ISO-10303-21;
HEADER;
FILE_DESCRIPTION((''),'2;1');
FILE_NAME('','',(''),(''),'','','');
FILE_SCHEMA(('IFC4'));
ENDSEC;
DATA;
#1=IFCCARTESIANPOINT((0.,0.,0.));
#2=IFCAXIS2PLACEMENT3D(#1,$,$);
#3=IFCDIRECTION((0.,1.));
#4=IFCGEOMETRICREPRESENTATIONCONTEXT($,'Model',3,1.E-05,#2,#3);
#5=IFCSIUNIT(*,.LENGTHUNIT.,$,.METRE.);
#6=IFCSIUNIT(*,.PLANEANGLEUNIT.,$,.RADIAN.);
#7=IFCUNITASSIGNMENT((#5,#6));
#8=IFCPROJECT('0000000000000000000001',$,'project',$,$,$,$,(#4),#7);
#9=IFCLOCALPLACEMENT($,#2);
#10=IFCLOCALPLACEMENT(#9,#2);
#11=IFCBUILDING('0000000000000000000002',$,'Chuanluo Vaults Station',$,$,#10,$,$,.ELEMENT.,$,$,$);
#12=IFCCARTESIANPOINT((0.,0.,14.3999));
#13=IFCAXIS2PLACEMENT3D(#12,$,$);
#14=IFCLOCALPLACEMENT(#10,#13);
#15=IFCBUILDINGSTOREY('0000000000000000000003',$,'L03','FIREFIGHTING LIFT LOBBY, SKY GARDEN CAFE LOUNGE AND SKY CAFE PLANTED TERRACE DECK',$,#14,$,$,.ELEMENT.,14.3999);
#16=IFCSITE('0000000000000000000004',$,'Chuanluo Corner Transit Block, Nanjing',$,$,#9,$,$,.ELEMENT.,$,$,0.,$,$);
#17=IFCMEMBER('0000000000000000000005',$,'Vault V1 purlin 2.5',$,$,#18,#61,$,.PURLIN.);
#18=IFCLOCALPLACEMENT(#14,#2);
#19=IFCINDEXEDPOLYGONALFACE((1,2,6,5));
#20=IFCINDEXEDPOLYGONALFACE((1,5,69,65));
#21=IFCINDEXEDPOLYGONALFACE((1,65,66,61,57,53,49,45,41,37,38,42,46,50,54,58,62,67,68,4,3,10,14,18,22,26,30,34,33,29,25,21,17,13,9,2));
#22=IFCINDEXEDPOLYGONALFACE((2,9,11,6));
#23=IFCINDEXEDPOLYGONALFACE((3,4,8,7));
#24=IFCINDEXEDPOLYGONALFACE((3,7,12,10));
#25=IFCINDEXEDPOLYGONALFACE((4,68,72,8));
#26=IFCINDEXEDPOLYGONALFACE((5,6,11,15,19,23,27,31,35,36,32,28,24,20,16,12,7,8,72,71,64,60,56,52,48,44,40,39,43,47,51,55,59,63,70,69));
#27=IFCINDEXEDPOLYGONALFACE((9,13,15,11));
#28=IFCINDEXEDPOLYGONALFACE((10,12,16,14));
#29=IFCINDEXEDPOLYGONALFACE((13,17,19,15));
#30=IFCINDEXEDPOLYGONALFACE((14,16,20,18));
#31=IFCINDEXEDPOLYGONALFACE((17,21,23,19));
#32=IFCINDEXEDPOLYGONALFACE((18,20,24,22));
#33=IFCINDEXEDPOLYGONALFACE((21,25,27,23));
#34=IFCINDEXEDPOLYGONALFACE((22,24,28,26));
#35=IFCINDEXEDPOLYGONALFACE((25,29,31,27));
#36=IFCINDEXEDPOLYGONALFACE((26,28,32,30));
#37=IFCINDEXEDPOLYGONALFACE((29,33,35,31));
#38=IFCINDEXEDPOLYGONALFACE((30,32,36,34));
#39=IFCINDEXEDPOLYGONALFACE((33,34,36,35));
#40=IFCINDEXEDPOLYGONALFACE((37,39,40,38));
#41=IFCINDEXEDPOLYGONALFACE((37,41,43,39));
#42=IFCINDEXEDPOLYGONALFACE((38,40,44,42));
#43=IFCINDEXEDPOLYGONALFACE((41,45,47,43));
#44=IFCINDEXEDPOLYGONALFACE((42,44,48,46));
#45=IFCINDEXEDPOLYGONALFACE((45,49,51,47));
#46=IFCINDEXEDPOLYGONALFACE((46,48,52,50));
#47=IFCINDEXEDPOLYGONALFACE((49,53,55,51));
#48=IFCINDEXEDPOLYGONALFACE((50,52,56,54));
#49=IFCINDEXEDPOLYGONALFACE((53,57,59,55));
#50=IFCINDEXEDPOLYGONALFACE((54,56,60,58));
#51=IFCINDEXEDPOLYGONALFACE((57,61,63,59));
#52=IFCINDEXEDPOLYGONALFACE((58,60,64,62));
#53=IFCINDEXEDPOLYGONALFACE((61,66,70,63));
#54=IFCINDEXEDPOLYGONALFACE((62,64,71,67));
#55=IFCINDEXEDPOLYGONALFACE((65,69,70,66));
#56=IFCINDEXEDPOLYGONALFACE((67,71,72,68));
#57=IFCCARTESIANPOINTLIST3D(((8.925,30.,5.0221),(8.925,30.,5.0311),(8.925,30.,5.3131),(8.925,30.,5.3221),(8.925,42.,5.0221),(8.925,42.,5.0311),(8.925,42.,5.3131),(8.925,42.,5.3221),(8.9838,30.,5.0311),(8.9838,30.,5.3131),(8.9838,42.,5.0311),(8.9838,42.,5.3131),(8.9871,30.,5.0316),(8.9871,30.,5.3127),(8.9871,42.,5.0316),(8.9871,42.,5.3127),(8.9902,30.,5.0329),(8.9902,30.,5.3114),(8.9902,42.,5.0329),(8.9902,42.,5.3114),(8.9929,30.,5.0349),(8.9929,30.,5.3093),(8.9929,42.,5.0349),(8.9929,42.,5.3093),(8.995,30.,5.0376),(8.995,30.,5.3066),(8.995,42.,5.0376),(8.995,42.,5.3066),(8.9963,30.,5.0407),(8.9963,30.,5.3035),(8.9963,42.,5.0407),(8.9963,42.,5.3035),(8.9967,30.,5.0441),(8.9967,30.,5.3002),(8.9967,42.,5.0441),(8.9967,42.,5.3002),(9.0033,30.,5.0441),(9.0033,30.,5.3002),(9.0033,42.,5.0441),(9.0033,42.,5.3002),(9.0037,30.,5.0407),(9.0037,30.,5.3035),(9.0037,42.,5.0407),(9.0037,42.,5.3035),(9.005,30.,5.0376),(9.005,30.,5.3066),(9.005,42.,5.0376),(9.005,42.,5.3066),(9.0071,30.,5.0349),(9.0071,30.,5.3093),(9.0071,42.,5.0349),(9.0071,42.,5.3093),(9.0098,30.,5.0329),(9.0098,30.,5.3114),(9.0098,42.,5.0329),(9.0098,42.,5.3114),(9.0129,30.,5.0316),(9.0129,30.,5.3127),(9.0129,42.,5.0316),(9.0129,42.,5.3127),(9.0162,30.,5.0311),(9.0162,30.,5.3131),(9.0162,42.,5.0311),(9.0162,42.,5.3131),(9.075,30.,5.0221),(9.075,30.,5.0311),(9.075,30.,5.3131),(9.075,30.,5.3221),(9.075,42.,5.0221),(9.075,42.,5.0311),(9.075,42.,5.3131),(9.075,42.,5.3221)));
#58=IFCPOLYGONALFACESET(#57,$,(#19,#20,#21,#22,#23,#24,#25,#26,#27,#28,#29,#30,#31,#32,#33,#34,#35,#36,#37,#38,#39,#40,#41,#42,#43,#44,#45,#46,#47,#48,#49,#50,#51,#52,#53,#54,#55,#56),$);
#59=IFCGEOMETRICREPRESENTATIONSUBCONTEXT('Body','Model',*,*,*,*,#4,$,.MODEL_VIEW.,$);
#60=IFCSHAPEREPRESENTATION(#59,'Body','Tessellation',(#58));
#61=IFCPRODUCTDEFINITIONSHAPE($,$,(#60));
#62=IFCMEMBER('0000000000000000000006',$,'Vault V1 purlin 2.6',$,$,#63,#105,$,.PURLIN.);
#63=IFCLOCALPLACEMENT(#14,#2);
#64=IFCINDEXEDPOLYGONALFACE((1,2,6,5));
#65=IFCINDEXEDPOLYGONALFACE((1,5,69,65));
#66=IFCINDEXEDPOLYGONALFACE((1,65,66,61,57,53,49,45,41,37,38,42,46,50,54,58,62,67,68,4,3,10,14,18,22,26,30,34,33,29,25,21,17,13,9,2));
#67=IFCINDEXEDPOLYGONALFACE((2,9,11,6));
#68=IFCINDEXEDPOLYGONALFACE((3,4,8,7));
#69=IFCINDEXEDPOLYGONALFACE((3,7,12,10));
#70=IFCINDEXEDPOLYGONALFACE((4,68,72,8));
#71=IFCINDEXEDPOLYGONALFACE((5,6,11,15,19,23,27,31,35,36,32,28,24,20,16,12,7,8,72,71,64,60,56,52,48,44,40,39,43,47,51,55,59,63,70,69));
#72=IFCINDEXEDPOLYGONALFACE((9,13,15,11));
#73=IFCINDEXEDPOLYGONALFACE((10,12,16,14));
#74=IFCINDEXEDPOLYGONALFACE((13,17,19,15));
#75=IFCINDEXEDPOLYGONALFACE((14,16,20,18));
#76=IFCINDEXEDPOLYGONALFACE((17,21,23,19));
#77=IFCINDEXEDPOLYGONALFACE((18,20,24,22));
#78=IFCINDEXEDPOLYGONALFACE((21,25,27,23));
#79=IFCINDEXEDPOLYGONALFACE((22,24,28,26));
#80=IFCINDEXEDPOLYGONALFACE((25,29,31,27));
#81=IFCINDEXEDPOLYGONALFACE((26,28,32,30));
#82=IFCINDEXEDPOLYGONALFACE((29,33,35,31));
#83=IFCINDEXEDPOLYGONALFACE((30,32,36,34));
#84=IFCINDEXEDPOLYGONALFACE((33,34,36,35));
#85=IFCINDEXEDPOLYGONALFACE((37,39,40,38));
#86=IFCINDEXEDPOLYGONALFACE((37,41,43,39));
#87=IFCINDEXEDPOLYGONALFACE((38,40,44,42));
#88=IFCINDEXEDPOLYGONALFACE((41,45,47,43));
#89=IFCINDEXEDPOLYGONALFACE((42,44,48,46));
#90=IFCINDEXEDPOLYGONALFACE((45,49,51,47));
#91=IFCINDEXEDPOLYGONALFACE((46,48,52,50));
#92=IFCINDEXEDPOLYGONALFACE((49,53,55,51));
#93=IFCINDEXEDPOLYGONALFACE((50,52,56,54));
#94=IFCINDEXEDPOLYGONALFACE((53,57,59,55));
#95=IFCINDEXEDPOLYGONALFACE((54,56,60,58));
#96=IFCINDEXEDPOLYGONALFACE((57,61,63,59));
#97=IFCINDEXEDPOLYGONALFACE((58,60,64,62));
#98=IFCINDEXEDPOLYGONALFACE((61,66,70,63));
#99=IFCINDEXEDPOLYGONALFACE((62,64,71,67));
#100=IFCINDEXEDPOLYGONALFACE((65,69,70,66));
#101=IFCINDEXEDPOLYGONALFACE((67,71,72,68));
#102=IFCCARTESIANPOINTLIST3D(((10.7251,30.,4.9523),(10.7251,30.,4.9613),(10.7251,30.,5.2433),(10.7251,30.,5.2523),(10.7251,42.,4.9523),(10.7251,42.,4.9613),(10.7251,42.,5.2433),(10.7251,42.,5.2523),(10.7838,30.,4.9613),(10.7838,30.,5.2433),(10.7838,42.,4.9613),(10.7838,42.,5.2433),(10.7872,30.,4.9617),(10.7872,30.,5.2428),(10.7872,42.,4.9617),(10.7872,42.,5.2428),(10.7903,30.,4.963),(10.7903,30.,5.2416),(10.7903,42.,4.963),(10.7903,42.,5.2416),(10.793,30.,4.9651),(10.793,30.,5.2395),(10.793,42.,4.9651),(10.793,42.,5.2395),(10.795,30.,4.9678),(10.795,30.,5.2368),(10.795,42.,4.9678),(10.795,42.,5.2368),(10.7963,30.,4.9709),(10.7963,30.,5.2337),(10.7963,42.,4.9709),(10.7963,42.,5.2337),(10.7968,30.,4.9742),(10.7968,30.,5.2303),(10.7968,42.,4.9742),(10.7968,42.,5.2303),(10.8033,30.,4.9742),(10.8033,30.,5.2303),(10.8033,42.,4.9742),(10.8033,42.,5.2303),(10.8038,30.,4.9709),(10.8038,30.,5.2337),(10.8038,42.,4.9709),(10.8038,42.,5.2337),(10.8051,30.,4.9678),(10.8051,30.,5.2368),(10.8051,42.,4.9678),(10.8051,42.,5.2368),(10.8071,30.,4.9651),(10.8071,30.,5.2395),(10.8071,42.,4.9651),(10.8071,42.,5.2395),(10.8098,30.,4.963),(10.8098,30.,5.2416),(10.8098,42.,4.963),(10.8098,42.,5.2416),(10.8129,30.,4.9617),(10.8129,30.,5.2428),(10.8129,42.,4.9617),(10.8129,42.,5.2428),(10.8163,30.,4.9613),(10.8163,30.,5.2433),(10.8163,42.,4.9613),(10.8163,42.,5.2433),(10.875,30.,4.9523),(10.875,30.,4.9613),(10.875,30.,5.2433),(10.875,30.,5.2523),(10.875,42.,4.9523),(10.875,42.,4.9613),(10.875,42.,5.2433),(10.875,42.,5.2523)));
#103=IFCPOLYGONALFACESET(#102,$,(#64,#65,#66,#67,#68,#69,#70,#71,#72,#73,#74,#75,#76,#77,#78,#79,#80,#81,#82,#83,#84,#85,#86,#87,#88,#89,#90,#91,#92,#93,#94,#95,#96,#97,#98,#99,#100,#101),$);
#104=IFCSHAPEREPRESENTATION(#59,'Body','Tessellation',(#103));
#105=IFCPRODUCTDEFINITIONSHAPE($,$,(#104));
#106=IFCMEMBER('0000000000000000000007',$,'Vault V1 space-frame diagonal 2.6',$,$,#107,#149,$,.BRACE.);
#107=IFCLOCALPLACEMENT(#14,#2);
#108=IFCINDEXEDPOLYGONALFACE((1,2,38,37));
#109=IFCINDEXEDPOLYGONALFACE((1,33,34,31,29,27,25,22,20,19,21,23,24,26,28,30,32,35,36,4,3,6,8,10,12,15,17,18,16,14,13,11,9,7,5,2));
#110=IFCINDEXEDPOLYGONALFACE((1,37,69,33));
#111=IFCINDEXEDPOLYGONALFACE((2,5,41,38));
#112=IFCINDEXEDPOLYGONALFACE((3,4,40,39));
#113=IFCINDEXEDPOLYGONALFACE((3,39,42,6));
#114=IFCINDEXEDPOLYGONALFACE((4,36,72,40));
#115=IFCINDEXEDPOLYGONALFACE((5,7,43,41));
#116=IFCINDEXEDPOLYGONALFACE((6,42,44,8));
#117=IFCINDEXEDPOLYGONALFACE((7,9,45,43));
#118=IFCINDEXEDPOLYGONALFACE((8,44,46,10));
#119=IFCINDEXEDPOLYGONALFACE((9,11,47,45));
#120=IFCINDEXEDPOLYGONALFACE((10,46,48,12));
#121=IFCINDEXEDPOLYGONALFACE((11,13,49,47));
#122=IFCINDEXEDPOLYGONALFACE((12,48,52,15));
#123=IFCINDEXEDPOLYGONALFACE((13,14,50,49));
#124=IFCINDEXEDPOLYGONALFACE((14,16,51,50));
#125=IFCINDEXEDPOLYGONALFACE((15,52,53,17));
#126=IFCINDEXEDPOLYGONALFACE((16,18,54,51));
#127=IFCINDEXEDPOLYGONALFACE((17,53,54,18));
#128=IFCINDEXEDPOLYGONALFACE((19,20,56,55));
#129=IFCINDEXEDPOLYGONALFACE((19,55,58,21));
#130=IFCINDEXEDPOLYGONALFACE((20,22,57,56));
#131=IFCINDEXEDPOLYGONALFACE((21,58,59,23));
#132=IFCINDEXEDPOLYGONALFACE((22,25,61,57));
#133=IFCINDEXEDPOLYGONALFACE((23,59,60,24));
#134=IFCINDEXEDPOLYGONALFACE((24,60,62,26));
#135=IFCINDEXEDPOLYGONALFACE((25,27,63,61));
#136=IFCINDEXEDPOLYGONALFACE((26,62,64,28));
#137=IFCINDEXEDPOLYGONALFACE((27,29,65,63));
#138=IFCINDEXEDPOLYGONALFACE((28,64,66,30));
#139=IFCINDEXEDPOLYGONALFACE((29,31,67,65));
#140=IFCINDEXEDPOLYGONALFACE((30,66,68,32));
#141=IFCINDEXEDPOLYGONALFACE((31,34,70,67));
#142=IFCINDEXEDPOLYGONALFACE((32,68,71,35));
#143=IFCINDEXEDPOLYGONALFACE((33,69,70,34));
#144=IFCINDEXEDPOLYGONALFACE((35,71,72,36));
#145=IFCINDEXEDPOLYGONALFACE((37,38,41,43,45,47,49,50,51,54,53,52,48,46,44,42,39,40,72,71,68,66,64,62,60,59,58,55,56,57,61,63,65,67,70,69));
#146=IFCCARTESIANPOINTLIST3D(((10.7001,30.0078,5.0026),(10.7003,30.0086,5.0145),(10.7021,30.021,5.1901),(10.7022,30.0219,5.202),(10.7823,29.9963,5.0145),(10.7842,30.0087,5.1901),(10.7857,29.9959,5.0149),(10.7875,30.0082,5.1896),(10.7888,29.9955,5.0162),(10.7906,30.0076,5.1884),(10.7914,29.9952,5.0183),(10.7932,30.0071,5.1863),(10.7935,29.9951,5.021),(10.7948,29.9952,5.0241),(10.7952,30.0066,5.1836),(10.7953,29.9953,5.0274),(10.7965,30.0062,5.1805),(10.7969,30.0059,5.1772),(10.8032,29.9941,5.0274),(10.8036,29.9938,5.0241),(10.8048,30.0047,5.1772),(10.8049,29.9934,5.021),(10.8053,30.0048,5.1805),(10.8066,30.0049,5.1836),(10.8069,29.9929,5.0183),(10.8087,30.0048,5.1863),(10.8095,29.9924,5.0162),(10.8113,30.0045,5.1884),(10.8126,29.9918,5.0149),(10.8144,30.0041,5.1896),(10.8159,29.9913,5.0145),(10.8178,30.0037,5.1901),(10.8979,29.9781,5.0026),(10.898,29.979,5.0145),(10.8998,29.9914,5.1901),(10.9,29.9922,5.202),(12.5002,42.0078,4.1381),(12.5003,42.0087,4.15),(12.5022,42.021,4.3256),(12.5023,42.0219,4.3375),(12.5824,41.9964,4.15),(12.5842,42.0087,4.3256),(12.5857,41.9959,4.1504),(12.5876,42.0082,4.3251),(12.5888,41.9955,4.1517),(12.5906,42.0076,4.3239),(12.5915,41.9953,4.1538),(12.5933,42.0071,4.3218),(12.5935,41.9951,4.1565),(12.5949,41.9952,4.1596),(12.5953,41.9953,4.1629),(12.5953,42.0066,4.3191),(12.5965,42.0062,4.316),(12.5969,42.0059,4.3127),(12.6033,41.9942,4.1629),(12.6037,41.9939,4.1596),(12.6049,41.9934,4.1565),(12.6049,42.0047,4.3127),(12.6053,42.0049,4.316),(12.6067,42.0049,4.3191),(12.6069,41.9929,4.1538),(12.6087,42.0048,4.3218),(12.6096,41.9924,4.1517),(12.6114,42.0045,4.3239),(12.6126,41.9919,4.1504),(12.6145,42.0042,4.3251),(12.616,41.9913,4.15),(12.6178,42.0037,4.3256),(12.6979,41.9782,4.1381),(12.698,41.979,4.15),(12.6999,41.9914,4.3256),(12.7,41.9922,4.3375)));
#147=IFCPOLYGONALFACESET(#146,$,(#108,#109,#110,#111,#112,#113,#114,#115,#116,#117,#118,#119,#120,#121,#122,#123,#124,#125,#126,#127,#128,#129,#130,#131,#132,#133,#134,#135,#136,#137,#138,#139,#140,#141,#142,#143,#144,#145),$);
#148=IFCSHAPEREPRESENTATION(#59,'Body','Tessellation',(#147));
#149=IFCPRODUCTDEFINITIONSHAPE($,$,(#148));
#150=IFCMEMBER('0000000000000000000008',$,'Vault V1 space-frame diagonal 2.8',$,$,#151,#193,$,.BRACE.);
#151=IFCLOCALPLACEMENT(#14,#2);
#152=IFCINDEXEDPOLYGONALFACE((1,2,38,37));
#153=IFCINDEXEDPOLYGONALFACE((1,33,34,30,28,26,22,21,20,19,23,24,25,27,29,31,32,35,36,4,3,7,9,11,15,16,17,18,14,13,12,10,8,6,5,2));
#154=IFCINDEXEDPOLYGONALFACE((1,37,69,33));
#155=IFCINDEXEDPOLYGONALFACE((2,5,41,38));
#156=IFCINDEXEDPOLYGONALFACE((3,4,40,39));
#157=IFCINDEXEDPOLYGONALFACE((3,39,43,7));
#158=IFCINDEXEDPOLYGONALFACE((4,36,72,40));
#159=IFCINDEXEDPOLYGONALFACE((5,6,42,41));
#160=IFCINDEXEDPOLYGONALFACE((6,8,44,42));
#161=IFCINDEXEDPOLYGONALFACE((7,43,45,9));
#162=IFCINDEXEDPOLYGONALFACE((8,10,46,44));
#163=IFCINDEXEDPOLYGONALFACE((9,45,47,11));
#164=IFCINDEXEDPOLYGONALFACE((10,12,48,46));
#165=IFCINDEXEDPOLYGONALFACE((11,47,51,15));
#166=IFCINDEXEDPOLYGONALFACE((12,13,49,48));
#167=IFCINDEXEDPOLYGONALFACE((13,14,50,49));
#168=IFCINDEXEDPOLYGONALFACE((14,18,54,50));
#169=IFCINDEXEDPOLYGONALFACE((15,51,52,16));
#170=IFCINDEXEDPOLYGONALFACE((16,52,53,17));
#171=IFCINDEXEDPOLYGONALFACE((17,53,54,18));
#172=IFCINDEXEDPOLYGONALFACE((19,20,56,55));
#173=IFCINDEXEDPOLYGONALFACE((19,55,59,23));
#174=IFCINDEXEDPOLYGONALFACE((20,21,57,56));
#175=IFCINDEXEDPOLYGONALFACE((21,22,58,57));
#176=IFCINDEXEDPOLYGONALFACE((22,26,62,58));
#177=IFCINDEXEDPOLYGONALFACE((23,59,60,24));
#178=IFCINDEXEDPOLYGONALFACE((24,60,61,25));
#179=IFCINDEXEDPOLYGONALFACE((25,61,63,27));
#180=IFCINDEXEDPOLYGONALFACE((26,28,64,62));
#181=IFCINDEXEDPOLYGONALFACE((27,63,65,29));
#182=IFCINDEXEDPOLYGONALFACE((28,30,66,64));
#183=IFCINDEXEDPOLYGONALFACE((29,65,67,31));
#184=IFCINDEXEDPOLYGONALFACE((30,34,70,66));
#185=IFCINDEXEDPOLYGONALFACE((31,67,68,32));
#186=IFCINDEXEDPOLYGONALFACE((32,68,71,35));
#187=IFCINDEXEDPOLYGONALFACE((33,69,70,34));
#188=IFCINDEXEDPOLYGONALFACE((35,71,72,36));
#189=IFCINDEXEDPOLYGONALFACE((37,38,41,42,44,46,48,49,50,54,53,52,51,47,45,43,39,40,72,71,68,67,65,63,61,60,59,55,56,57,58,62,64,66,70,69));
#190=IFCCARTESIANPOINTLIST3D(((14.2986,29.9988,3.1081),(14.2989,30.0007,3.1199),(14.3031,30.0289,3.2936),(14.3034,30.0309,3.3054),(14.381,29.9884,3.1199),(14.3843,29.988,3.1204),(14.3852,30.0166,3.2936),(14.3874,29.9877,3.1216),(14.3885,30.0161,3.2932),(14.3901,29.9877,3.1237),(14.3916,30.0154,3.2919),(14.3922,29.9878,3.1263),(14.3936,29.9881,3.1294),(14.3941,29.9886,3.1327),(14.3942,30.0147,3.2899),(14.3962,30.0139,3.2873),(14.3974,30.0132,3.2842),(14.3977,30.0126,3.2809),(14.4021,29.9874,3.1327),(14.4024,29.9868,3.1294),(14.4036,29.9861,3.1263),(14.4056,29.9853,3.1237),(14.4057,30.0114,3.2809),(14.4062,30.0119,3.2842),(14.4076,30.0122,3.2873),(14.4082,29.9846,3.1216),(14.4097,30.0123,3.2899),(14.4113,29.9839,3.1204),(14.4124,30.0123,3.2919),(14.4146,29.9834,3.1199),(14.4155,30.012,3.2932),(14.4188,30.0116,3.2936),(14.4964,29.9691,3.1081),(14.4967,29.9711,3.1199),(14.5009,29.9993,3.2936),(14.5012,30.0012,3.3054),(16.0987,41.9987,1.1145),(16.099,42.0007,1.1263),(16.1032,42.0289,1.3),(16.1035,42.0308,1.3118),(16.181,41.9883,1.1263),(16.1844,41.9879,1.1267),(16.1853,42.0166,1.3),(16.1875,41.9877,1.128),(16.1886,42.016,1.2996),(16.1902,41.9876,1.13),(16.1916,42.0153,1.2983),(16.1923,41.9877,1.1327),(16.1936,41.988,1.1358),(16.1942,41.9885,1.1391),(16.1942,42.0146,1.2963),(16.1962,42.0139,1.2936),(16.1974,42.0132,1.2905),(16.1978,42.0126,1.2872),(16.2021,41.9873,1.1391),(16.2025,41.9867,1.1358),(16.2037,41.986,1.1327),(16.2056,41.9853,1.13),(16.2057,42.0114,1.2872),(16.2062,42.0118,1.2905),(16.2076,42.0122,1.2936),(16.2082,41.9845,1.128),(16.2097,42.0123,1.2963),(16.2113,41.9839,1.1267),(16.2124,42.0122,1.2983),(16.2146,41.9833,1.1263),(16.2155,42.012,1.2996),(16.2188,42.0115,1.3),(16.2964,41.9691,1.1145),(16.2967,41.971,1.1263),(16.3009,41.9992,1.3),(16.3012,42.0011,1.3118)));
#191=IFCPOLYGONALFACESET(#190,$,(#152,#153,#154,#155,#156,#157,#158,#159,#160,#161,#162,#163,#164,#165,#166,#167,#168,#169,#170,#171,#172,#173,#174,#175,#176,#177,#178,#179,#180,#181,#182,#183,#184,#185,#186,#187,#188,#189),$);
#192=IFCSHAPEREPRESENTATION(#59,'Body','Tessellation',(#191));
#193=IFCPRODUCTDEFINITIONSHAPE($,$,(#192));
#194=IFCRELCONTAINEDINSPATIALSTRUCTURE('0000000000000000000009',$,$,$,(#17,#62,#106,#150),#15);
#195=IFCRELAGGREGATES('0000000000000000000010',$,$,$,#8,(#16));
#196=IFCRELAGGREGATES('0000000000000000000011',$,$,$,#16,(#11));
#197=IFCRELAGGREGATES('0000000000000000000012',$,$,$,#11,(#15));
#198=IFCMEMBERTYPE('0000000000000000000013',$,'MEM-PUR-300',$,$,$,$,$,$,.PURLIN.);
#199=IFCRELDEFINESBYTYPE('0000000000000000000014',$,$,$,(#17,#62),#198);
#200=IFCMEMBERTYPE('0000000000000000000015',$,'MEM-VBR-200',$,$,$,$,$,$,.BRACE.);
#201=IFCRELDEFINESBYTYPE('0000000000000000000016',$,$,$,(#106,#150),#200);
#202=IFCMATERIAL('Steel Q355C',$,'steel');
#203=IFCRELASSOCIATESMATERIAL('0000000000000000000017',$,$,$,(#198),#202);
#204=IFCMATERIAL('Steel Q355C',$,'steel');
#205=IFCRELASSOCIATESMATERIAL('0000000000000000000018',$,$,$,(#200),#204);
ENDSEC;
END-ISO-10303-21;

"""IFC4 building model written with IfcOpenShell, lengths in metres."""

from ifc_helpers import new_model, si_unit, direction, frame, origin, origin_2d, place, context, subcontext, project, spatial, i_section, extrude, material, material_profile, profile_set, type_object, element, save


model = new_model("IFC4")

# Units and contexts
model_context = context("Model", 3, precision=1e-05, world=origin(), true_north=direction((0.0, 1.0)))
body_context = subcontext(model_context, "Body", "Model", "MODEL_VIEW")
ifc_project = project(units=[si_unit("LENGTHUNIT", "METRE"), si_unit("PLANEANGLEUNIT", "RADIAN")], contexts=[model_context])

# Site, building, storey
site_placement = place(None, origin())
site = spatial("IfcSite", under=ifc_project, at=site_placement, Name="Chuanluo Corner Transit Block, Nanjing", CompositionType="ELEMENT", RefElevation=0.0)
building_placement = place(site_placement, origin())
building = spatial("IfcBuilding", under=site, at=building_placement, Name="Chuanluo Vaults Station", CompositionType="ELEMENT")
storey_placement = place(building_placement, frame((0.0, 0.0, 14.3999)))
storey = spatial("IfcBuildingStorey", under=building, at=storey_placement, Name="L03", Description="FIREFIGHTING LIFT LOBBY, SKY GARDEN CAFE LOUNGE AND SKY CAFE PLANTED TERRACE DECK", CompositionType="ELEMENT", Elevation=14.3999)

# Members
ifc_material_1 = material(Name="Steel Q355C", Category="steel")
ifc_material_profile_1 = material_profile(ifc_material_1, i_section(OverallWidth=0.1499, OverallDepth=0.3, WebThickness=0.0066, FlangeThickness=0.009, FilletRadius=0.0129, at=origin_2d()))
ifc_profile_set_1 = profile_set([ifc_material_profile_1], Name="Steel Q355C")
member_type_1 = type_object("IfcMemberType", Name="MEM-PUR-300", PredefinedType="PURLIN", material=ifc_profile_set_1)
for number, where, z_axis, x_axis, name in (
    (1, (9.0, 30.0, 5.1721), (0.0, 1.0, 0.0), (-1.0, 0.0, 0.0), "Vault V1 purlin 2.5"),
    (2, (10.8, 30.0, 5.1023), (0.0, 1.0, 0.0), (-1.0, 0.0, 0.0), "Vault V1 purlin 2.6"),
):
    element("IfcMember", number, at=place(storey_placement, frame(where, z_axis=z_axis, x_axis=x_axis)), inside=storey, type_object=member_type_1, Name=name, PredefinedType="PURLIN", context=body_context, shape_type="SweptSolid", body=[
        extrude(i_section(OverallWidth=0.1499, OverallDepth=0.3, WebThickness=0.0066, FlangeThickness=0.009, FilletRadius=0.0129, at=origin_2d()), origin(), (0.0, 0.0, 1.0), 12.0),
    ])
ifc_material_2 = material(Name="Steel Q355C", Category="steel")
ifc_material_profile_2 = material_profile(ifc_material_2, i_section(OverallWidth=0.2, OverallDepth=0.2, WebThickness=0.0081, FlangeThickness=0.012, FilletRadius=0.0129, at=origin_2d()))
ifc_profile_set_2 = profile_set([ifc_material_profile_2], Name="Steel Q355C")
member_type_2 = type_object("IfcMemberType", Name="MEM-VBR-200", PredefinedType="BRACE", material=ifc_profile_set_2)
member_1_placement = place(storey_placement, frame((10.8, 30.0, 5.1023), z_axis=(0.147969, 0.986435, -0.071065), x_axis=(-0.988936, 0.148344, 0.0)))
element("IfcMember", 3, at=member_1_placement, inside=storey, type_object=member_type_2, Name="Vault V1 space-frame diagonal 2.6", PredefinedType="BRACE", context=body_context, shape_type="SweptSolid", body=[
    extrude(i_section(OverallWidth=0.2, OverallDepth=0.2, WebThickness=0.0081, FlangeThickness=0.012, FilletRadius=0.0129, at=origin_2d()), origin(), (0.0, 0.0, 1.0), 12.165),
])
member_2_placement = place(storey_placement, frame((14.3999, 30.0, 3.2068), z_axis=(0.146382, 0.975852, -0.162126), x_axis=(-0.988936, 0.148344, 0.0)))
element("IfcMember", 4, at=member_2_placement, inside=storey, type_object=member_type_2, Name="Vault V1 space-frame diagonal 2.8", PredefinedType="BRACE", context=body_context, shape_type="SweptSolid", body=[
    extrude(i_section(OverallWidth=0.2, OverallDepth=0.2, WebThickness=0.0081, FlangeThickness=0.012, FilletRadius=0.0129, at=origin_2d()), origin(), (0.0, 0.0, 1.0), 12.2969),
])

save(model, "model.ifc")
